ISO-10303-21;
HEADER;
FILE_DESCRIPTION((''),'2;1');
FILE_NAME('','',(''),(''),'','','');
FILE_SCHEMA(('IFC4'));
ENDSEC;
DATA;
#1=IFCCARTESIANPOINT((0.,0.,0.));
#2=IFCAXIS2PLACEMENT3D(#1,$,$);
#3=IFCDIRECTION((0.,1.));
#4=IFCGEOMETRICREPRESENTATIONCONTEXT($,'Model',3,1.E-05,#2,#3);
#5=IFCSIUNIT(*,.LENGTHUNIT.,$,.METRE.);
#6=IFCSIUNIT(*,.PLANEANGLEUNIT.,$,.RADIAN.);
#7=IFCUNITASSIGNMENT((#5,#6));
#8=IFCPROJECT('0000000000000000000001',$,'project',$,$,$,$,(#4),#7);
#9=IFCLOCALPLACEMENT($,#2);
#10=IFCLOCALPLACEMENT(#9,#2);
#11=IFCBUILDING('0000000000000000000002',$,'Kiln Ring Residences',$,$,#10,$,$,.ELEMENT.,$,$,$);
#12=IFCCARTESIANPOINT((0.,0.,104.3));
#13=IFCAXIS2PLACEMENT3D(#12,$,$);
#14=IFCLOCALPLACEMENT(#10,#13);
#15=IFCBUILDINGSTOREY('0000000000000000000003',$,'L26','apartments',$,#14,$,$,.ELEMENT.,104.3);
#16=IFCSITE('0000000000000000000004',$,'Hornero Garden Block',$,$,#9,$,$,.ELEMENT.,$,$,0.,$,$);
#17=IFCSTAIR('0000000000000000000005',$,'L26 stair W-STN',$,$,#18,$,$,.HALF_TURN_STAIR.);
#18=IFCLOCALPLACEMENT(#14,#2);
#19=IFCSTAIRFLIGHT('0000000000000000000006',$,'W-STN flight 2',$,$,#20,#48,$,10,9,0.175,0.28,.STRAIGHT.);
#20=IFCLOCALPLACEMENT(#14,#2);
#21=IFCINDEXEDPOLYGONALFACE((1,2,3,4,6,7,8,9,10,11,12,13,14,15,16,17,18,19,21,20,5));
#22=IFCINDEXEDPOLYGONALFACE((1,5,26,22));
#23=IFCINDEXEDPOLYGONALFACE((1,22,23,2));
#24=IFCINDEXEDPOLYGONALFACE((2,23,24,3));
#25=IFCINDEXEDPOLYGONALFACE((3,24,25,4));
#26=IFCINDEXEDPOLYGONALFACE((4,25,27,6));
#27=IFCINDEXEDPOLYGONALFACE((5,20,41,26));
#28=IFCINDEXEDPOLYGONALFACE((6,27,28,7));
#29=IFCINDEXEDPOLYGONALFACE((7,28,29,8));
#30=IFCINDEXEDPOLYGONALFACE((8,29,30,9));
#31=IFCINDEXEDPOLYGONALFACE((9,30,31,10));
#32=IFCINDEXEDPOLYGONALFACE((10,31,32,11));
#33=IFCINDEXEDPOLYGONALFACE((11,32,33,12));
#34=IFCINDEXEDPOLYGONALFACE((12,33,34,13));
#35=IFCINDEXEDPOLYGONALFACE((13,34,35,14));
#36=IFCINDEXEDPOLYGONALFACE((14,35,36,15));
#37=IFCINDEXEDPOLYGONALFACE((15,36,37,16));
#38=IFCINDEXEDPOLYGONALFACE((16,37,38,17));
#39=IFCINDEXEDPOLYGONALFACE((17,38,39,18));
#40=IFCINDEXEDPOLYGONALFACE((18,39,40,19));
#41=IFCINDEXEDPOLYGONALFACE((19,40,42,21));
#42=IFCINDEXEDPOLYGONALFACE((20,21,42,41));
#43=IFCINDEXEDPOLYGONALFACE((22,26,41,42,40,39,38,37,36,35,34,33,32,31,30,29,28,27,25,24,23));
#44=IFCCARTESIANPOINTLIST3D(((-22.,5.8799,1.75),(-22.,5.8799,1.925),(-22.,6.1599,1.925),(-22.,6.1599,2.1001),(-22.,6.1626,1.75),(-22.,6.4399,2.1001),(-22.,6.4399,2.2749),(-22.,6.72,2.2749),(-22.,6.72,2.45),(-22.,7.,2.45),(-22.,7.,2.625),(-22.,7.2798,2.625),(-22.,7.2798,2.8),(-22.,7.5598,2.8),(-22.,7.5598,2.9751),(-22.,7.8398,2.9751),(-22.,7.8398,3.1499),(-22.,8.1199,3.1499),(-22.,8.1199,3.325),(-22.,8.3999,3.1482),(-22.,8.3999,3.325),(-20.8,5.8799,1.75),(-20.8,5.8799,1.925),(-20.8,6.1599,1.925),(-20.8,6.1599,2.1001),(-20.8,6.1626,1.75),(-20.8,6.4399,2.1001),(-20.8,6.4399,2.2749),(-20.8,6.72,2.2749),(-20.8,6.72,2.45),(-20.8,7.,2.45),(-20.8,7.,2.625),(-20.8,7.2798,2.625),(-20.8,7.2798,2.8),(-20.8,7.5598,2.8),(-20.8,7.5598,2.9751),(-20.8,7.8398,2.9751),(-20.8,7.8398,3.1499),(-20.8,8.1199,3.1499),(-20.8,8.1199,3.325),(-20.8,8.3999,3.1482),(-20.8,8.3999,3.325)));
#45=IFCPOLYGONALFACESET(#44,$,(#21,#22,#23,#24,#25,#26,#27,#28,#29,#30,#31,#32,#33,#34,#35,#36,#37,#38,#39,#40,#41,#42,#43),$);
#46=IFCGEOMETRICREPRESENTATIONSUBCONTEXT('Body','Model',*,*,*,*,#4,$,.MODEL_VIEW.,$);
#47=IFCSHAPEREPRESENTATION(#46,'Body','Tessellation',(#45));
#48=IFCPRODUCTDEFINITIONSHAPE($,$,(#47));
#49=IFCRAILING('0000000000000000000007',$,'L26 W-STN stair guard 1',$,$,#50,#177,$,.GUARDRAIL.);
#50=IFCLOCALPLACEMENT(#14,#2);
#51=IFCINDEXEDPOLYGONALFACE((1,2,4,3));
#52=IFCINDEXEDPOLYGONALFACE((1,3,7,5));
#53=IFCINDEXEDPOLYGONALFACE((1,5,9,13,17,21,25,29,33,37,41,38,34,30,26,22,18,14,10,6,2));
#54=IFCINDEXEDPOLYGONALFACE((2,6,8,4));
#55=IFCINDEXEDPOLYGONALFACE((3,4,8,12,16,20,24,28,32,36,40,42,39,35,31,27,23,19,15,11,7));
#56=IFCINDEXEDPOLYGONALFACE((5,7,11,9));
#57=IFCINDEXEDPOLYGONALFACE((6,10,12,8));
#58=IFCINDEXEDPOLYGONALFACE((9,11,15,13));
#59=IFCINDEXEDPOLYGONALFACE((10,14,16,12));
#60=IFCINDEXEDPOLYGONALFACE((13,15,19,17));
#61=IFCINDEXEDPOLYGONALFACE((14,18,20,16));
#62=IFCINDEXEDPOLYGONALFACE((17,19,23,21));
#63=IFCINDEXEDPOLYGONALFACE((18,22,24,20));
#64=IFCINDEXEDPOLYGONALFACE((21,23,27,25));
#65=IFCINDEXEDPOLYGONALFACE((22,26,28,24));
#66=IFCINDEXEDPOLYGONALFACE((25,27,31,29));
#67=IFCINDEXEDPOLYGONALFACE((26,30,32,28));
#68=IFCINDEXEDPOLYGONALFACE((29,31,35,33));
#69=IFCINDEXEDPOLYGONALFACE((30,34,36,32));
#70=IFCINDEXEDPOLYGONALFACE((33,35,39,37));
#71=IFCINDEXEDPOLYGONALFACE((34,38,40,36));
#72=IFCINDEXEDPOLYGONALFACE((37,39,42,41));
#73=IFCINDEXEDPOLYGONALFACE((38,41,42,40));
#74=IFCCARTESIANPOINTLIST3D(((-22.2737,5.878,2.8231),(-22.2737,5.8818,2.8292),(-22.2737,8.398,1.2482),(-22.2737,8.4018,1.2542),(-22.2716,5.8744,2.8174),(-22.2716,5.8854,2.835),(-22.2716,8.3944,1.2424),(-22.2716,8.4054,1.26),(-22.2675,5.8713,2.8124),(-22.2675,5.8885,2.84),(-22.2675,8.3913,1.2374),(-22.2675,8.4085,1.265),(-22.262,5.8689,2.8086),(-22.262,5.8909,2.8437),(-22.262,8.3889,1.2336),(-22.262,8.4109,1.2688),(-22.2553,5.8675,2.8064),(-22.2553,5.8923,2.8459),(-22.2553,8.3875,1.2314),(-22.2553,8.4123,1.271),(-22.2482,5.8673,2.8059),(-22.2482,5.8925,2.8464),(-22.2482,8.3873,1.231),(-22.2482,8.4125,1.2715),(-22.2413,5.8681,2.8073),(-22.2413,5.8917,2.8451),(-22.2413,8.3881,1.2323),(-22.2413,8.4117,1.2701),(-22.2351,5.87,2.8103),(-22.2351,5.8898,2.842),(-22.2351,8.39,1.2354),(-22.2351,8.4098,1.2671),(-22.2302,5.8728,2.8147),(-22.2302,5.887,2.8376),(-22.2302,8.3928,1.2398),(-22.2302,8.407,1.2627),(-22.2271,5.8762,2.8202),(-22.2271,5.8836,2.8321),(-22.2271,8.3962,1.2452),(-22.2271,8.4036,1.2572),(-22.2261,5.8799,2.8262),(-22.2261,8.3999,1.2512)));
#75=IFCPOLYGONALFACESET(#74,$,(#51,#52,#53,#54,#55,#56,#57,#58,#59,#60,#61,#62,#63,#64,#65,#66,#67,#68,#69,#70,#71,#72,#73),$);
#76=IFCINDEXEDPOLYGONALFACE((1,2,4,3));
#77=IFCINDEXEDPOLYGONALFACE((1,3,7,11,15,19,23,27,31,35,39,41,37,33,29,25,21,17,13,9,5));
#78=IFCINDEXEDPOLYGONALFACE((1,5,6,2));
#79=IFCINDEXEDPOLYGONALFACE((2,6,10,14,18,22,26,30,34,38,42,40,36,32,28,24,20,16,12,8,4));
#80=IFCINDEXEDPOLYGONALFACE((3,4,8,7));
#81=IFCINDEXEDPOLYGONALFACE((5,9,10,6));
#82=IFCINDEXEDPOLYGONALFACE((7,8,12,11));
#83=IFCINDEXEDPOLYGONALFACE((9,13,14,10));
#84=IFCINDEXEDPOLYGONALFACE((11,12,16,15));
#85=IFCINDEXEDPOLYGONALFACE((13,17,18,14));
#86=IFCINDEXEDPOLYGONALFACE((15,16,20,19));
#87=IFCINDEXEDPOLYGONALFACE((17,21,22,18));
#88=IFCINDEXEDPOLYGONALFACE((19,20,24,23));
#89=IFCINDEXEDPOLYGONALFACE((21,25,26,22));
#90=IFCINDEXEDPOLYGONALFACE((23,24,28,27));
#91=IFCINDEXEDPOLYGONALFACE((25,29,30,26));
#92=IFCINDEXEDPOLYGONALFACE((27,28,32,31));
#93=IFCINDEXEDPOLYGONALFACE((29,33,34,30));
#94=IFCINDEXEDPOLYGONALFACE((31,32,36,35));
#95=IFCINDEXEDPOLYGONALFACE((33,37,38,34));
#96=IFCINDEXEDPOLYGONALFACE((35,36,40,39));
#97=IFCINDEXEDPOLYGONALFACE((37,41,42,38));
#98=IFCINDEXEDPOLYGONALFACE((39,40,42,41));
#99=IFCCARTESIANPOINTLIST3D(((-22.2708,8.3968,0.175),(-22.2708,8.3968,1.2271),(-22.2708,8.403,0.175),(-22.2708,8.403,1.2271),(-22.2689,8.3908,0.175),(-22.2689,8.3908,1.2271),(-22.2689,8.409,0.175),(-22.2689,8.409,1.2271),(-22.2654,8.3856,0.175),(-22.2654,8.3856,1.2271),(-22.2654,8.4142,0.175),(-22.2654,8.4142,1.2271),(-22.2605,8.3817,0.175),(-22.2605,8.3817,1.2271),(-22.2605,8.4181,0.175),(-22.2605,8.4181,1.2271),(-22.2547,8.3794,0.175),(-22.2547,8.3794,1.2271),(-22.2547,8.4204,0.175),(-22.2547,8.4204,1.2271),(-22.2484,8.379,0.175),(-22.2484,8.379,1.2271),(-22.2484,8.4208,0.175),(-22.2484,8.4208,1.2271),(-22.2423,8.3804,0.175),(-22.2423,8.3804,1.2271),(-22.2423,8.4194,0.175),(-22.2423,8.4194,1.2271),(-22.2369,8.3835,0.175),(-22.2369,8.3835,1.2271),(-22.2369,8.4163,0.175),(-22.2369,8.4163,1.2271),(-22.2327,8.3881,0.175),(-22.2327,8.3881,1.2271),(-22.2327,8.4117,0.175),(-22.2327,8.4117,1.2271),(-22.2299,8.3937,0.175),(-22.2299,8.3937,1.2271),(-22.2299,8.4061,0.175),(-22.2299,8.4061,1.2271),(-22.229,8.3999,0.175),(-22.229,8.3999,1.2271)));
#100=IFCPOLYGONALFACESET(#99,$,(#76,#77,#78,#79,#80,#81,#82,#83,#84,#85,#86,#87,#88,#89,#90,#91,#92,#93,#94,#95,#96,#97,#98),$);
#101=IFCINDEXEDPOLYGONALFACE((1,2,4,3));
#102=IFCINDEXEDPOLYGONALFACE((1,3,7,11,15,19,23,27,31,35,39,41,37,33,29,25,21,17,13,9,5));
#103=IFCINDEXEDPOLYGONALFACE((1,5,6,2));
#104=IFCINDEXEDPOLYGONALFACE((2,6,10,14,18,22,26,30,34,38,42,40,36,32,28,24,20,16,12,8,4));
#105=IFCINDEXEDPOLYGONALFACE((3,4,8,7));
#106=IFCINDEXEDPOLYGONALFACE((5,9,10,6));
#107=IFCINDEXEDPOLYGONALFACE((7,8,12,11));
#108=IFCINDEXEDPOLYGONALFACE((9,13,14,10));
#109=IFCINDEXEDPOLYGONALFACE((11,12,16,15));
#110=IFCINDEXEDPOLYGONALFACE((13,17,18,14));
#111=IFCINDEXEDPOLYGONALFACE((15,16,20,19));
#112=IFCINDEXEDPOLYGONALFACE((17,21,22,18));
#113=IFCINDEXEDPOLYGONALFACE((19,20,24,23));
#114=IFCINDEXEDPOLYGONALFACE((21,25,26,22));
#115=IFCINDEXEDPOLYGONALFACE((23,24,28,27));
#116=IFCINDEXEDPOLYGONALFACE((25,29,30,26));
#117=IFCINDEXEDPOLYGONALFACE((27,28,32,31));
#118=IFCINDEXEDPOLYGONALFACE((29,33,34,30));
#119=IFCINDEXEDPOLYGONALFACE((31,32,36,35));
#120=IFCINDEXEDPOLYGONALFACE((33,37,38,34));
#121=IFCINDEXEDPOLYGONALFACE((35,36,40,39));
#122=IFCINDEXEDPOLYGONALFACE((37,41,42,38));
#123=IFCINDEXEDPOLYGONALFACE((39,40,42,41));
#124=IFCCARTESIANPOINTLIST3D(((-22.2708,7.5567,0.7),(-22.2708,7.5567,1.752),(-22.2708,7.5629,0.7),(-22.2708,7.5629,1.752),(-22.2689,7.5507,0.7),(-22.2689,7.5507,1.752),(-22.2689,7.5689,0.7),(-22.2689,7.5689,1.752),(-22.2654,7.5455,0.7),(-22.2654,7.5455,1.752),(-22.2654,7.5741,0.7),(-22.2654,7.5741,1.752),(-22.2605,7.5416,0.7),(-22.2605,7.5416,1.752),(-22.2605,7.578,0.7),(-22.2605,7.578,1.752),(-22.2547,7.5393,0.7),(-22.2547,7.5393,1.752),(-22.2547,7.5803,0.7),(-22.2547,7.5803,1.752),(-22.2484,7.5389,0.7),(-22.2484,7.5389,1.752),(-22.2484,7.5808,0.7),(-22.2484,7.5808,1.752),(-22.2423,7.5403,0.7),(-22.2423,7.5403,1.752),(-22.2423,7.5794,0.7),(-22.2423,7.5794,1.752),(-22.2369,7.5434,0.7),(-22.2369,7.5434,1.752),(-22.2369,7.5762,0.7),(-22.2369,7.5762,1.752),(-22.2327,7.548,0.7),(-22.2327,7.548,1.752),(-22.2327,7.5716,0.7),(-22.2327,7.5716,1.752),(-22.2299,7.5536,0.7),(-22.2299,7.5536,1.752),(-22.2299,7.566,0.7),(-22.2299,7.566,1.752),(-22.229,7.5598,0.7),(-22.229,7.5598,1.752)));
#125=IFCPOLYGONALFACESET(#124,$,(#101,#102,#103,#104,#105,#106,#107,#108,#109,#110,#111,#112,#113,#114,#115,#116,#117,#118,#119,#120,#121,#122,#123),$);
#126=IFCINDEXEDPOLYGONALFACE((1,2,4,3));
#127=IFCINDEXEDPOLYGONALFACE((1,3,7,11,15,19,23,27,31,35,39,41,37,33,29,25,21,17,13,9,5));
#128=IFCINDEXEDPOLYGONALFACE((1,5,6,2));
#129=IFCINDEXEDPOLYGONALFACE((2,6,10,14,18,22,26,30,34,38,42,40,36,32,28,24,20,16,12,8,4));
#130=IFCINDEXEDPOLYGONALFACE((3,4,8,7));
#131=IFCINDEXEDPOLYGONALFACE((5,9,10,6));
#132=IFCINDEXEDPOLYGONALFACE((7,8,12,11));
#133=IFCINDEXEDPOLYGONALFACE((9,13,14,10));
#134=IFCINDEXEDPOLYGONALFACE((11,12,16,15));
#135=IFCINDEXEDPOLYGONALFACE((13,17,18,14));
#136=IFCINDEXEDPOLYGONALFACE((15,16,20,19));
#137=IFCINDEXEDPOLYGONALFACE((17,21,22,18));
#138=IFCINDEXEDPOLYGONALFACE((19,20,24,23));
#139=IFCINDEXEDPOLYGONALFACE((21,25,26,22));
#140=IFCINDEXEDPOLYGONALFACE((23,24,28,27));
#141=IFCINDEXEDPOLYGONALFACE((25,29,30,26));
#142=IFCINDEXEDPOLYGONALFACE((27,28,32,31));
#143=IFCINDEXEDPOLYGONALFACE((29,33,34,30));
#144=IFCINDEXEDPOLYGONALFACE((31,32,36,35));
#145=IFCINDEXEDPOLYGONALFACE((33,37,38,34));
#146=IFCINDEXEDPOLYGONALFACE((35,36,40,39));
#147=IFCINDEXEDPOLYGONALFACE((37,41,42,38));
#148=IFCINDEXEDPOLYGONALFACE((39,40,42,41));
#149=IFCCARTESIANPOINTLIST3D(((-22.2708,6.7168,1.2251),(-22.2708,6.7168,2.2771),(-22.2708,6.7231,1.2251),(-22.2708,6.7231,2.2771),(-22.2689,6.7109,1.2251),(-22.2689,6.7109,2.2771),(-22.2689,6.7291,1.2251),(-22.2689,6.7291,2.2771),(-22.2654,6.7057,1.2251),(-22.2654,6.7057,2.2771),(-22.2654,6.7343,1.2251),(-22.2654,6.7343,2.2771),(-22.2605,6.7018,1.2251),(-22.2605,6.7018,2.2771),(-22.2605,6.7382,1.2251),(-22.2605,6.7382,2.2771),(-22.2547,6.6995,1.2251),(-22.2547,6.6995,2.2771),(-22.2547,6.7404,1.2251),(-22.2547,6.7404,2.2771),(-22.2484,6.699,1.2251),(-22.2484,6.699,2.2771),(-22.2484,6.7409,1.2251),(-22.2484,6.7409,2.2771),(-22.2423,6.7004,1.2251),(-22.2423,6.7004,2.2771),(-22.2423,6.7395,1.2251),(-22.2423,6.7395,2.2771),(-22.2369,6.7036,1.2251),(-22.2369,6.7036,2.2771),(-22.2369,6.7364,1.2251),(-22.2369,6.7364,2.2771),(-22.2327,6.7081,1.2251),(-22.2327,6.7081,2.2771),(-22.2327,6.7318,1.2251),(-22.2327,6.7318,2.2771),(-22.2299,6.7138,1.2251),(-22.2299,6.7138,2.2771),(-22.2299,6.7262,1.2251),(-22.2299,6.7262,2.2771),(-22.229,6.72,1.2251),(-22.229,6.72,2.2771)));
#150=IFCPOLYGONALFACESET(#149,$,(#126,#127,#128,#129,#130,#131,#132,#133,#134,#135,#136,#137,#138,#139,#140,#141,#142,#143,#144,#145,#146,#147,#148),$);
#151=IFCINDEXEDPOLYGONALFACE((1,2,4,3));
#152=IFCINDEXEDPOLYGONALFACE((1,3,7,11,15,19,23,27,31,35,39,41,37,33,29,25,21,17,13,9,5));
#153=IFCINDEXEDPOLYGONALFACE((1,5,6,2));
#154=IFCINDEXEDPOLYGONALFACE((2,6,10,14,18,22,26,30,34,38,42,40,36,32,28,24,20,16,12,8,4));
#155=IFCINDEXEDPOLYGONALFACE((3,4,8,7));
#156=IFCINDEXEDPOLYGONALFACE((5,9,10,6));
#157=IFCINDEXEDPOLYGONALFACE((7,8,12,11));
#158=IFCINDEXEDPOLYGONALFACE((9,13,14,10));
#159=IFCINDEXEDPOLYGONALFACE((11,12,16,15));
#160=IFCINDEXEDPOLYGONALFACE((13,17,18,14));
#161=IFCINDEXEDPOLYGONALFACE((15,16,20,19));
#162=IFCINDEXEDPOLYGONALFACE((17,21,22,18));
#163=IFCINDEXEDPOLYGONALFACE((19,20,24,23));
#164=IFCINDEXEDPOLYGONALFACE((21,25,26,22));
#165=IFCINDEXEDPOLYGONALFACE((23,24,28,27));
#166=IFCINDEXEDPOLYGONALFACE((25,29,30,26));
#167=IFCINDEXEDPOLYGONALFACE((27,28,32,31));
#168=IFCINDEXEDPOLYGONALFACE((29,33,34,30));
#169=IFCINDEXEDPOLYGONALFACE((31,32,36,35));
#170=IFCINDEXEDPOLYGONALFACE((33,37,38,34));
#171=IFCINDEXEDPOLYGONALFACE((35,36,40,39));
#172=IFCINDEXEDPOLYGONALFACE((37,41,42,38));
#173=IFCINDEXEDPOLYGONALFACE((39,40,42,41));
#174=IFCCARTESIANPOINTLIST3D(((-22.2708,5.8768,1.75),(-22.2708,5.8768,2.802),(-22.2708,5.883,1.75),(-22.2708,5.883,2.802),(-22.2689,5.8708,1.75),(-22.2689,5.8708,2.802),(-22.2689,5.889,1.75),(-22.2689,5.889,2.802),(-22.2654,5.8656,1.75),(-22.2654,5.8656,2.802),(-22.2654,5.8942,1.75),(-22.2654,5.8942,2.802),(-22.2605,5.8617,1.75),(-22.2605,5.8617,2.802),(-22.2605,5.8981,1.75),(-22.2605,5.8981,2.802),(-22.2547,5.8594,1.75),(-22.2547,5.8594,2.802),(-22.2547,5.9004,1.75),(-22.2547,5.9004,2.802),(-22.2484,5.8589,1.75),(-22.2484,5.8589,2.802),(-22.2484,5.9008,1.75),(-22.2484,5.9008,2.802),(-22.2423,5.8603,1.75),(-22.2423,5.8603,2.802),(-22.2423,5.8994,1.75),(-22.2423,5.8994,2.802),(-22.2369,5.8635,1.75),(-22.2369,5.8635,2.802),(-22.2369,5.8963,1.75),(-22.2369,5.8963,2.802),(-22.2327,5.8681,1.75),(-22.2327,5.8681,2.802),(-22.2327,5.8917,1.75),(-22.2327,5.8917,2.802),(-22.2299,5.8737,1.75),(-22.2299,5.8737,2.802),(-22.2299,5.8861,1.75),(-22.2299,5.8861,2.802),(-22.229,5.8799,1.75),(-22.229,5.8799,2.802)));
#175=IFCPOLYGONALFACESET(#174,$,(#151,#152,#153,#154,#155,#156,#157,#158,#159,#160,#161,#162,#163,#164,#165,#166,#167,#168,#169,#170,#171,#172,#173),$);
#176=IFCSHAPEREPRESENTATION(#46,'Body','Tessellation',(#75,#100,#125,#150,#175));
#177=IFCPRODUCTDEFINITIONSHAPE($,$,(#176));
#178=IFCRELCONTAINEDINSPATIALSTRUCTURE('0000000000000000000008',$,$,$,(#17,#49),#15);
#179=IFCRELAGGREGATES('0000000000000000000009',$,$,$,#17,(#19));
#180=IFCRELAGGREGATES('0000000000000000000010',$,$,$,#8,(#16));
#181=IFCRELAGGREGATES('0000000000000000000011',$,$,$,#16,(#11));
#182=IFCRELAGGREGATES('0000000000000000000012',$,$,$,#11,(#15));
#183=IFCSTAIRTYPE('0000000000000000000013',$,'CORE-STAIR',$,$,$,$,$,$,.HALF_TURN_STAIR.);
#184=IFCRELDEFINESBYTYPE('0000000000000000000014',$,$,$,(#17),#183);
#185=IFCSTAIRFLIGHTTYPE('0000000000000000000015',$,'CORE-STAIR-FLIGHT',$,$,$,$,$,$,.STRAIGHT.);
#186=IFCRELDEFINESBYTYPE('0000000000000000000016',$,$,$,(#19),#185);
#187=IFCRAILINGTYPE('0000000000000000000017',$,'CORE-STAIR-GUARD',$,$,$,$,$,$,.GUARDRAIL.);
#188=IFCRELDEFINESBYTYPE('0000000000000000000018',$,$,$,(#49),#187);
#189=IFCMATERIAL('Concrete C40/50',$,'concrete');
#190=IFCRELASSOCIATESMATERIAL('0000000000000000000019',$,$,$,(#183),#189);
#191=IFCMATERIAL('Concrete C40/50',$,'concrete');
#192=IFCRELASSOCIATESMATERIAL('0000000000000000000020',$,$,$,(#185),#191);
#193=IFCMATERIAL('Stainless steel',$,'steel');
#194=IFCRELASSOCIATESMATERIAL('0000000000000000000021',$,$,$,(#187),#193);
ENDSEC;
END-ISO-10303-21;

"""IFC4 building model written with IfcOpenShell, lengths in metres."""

from ifc_helpers import new_model, si_unit, direction, frame, origin, origin_2d, place, context, subcontext, project, spatial, polyline, circle, outline, extrude, material, type_object, element, aggregate, save


model = new_model("IFC4")

# Units and contexts
model_context = context("Model", 3, precision=1e-05, world=origin(), true_north=direction((0.0, 1.0)))
body_context = subcontext(model_context, "Body", "Model", "MODEL_VIEW")
ifc_project = project(units=[si_unit("LENGTHUNIT", "METRE"), si_unit("PLANEANGLEUNIT", "RADIAN")], contexts=[model_context])

# Site, building, storey
site_placement = place(None, origin())
site = spatial("IfcSite", under=ifc_project, at=site_placement, Name="Hornero Garden Block", CompositionType="ELEMENT", RefElevation=0.0)
building_placement = place(site_placement, origin())
building = spatial("IfcBuilding", under=site, at=building_placement, Name="Kiln Ring Residences", CompositionType="ELEMENT")
storey_placement = place(building_placement, frame((0.0, 0.0, 104.3)))
storey = spatial("IfcBuildingStorey", under=building, at=storey_placement, Name="L26", Description="apartments", CompositionType="ELEMENT", Elevation=104.3)

# Stair, stair flight
ifc_material_1 = material(Name="Concrete C40/50", Category="concrete")
stair_type = type_object("IfcStairType", Name="CORE-STAIR", PredefinedType="HALF_TURN_STAIR", material=ifc_material_1)
stair_placement = place(storey_placement, origin())
stair = element("IfcStair", 1, at=stair_placement, inside=storey, type_object=stair_type, Name="L26 stair W-STN", PredefinedType="HALF_TURN_STAIR")
ifc_material_2 = material(Name="Concrete C40/50", Category="concrete")
stair_flight_type = type_object("IfcStairFlightType", Name="CORE-STAIR-FLIGHT", PredefinedType="STRAIGHT", material=ifc_material_2)
stair_flight_1_placement = place(storey_placement, frame((-21.3999, 5.8799, 1.75), z_axis=(0.0, 0.0, 1.0), x_axis=(0.0, 1.0, 0.0)))
stair_flight_1 = element("IfcStairFlight", 2, at=stair_flight_1_placement, type_object=stair_flight_type, Name="W-STN flight 2", NumberOfRisers=10, NumberOfTreads=9, PredefinedType="STRAIGHT", RiserHeight=0.175, TreadLength=0.28, context=body_context, shape_type="SweptSolid", body=[
    extrude(outline(polyline([(0.0, 0.0), (0.0, 0.175), (0.28, 0.175), (0.28, 0.3501), (0.5601, 0.3501), (0.5601, 0.5249), (0.8401, 0.5249), (0.8401, 0.7), (1.1201, 0.7), (1.1201, 0.875), (1.3999, 0.875), (1.3999, 1.05), (1.6799, 1.05), (1.6799, 1.2251), (1.96, 1.2251), (1.96, 1.3999), (2.24, 1.3999), (2.24, 1.575), (2.52, 1.575), (2.52, 1.75), (2.52, 1.3982), (0.2827, 0.0), (0.0, 0.0)])), frame((0.0, 0.6001, 0.0), z_axis=(0.0, -1.0, 0.0), x_axis=(1.0, 0.0, 0.0)), (0.0, 0.0, 1.0), 1.2),
])
aggregate(stair, [stair_flight_1])

# Railing
ifc_material_3 = material(Name="Stainless steel", Category="steel")
railing_type_1 = type_object("IfcRailingType", Name="CORE-STAIR-GUARD", PredefinedType="GUARDRAIL", material=ifc_material_3)
railing_1_placement = place(storey_placement, frame((-22.25, 8.3999, 0.175)))
element("IfcRailing", 3, at=railing_1_placement, inside=storey, type_object=railing_type_1, Name="L26 W-STN stair guard 1", PredefinedType="GUARDRAIL", context=body_context, shape_type="SweptSolid", body=[
    extrude(circle(Radius=0.0239, at=origin_2d()), frame((0.0, 0.0, 1.0762), z_axis=(0.0, -0.848008, 0.529984), x_axis=(1.0, 0.0, 0.0)), (0.0, 0.0, 1.0), 2.9717),
    extrude(circle(Radius=0.021, at=origin_2d()), origin(), (0.0, 0.0, 1.0), 1.052),
    extrude(circle(Radius=0.021, at=origin_2d()), frame((0.0, -0.8401, 0.5249)), (0.0, 0.0, 1.0), 1.052),
    extrude(circle(Radius=0.021, at=origin_2d()), frame((0.0, -1.6799, 1.05)), (0.0, 0.0, 1.0), 1.052),
    extrude(circle(Radius=0.021, at=origin_2d()), frame((0.0, -2.52, 1.575)), (0.0, 0.0, 1.0), 1.052),
])

save(model, "model.ifc")
